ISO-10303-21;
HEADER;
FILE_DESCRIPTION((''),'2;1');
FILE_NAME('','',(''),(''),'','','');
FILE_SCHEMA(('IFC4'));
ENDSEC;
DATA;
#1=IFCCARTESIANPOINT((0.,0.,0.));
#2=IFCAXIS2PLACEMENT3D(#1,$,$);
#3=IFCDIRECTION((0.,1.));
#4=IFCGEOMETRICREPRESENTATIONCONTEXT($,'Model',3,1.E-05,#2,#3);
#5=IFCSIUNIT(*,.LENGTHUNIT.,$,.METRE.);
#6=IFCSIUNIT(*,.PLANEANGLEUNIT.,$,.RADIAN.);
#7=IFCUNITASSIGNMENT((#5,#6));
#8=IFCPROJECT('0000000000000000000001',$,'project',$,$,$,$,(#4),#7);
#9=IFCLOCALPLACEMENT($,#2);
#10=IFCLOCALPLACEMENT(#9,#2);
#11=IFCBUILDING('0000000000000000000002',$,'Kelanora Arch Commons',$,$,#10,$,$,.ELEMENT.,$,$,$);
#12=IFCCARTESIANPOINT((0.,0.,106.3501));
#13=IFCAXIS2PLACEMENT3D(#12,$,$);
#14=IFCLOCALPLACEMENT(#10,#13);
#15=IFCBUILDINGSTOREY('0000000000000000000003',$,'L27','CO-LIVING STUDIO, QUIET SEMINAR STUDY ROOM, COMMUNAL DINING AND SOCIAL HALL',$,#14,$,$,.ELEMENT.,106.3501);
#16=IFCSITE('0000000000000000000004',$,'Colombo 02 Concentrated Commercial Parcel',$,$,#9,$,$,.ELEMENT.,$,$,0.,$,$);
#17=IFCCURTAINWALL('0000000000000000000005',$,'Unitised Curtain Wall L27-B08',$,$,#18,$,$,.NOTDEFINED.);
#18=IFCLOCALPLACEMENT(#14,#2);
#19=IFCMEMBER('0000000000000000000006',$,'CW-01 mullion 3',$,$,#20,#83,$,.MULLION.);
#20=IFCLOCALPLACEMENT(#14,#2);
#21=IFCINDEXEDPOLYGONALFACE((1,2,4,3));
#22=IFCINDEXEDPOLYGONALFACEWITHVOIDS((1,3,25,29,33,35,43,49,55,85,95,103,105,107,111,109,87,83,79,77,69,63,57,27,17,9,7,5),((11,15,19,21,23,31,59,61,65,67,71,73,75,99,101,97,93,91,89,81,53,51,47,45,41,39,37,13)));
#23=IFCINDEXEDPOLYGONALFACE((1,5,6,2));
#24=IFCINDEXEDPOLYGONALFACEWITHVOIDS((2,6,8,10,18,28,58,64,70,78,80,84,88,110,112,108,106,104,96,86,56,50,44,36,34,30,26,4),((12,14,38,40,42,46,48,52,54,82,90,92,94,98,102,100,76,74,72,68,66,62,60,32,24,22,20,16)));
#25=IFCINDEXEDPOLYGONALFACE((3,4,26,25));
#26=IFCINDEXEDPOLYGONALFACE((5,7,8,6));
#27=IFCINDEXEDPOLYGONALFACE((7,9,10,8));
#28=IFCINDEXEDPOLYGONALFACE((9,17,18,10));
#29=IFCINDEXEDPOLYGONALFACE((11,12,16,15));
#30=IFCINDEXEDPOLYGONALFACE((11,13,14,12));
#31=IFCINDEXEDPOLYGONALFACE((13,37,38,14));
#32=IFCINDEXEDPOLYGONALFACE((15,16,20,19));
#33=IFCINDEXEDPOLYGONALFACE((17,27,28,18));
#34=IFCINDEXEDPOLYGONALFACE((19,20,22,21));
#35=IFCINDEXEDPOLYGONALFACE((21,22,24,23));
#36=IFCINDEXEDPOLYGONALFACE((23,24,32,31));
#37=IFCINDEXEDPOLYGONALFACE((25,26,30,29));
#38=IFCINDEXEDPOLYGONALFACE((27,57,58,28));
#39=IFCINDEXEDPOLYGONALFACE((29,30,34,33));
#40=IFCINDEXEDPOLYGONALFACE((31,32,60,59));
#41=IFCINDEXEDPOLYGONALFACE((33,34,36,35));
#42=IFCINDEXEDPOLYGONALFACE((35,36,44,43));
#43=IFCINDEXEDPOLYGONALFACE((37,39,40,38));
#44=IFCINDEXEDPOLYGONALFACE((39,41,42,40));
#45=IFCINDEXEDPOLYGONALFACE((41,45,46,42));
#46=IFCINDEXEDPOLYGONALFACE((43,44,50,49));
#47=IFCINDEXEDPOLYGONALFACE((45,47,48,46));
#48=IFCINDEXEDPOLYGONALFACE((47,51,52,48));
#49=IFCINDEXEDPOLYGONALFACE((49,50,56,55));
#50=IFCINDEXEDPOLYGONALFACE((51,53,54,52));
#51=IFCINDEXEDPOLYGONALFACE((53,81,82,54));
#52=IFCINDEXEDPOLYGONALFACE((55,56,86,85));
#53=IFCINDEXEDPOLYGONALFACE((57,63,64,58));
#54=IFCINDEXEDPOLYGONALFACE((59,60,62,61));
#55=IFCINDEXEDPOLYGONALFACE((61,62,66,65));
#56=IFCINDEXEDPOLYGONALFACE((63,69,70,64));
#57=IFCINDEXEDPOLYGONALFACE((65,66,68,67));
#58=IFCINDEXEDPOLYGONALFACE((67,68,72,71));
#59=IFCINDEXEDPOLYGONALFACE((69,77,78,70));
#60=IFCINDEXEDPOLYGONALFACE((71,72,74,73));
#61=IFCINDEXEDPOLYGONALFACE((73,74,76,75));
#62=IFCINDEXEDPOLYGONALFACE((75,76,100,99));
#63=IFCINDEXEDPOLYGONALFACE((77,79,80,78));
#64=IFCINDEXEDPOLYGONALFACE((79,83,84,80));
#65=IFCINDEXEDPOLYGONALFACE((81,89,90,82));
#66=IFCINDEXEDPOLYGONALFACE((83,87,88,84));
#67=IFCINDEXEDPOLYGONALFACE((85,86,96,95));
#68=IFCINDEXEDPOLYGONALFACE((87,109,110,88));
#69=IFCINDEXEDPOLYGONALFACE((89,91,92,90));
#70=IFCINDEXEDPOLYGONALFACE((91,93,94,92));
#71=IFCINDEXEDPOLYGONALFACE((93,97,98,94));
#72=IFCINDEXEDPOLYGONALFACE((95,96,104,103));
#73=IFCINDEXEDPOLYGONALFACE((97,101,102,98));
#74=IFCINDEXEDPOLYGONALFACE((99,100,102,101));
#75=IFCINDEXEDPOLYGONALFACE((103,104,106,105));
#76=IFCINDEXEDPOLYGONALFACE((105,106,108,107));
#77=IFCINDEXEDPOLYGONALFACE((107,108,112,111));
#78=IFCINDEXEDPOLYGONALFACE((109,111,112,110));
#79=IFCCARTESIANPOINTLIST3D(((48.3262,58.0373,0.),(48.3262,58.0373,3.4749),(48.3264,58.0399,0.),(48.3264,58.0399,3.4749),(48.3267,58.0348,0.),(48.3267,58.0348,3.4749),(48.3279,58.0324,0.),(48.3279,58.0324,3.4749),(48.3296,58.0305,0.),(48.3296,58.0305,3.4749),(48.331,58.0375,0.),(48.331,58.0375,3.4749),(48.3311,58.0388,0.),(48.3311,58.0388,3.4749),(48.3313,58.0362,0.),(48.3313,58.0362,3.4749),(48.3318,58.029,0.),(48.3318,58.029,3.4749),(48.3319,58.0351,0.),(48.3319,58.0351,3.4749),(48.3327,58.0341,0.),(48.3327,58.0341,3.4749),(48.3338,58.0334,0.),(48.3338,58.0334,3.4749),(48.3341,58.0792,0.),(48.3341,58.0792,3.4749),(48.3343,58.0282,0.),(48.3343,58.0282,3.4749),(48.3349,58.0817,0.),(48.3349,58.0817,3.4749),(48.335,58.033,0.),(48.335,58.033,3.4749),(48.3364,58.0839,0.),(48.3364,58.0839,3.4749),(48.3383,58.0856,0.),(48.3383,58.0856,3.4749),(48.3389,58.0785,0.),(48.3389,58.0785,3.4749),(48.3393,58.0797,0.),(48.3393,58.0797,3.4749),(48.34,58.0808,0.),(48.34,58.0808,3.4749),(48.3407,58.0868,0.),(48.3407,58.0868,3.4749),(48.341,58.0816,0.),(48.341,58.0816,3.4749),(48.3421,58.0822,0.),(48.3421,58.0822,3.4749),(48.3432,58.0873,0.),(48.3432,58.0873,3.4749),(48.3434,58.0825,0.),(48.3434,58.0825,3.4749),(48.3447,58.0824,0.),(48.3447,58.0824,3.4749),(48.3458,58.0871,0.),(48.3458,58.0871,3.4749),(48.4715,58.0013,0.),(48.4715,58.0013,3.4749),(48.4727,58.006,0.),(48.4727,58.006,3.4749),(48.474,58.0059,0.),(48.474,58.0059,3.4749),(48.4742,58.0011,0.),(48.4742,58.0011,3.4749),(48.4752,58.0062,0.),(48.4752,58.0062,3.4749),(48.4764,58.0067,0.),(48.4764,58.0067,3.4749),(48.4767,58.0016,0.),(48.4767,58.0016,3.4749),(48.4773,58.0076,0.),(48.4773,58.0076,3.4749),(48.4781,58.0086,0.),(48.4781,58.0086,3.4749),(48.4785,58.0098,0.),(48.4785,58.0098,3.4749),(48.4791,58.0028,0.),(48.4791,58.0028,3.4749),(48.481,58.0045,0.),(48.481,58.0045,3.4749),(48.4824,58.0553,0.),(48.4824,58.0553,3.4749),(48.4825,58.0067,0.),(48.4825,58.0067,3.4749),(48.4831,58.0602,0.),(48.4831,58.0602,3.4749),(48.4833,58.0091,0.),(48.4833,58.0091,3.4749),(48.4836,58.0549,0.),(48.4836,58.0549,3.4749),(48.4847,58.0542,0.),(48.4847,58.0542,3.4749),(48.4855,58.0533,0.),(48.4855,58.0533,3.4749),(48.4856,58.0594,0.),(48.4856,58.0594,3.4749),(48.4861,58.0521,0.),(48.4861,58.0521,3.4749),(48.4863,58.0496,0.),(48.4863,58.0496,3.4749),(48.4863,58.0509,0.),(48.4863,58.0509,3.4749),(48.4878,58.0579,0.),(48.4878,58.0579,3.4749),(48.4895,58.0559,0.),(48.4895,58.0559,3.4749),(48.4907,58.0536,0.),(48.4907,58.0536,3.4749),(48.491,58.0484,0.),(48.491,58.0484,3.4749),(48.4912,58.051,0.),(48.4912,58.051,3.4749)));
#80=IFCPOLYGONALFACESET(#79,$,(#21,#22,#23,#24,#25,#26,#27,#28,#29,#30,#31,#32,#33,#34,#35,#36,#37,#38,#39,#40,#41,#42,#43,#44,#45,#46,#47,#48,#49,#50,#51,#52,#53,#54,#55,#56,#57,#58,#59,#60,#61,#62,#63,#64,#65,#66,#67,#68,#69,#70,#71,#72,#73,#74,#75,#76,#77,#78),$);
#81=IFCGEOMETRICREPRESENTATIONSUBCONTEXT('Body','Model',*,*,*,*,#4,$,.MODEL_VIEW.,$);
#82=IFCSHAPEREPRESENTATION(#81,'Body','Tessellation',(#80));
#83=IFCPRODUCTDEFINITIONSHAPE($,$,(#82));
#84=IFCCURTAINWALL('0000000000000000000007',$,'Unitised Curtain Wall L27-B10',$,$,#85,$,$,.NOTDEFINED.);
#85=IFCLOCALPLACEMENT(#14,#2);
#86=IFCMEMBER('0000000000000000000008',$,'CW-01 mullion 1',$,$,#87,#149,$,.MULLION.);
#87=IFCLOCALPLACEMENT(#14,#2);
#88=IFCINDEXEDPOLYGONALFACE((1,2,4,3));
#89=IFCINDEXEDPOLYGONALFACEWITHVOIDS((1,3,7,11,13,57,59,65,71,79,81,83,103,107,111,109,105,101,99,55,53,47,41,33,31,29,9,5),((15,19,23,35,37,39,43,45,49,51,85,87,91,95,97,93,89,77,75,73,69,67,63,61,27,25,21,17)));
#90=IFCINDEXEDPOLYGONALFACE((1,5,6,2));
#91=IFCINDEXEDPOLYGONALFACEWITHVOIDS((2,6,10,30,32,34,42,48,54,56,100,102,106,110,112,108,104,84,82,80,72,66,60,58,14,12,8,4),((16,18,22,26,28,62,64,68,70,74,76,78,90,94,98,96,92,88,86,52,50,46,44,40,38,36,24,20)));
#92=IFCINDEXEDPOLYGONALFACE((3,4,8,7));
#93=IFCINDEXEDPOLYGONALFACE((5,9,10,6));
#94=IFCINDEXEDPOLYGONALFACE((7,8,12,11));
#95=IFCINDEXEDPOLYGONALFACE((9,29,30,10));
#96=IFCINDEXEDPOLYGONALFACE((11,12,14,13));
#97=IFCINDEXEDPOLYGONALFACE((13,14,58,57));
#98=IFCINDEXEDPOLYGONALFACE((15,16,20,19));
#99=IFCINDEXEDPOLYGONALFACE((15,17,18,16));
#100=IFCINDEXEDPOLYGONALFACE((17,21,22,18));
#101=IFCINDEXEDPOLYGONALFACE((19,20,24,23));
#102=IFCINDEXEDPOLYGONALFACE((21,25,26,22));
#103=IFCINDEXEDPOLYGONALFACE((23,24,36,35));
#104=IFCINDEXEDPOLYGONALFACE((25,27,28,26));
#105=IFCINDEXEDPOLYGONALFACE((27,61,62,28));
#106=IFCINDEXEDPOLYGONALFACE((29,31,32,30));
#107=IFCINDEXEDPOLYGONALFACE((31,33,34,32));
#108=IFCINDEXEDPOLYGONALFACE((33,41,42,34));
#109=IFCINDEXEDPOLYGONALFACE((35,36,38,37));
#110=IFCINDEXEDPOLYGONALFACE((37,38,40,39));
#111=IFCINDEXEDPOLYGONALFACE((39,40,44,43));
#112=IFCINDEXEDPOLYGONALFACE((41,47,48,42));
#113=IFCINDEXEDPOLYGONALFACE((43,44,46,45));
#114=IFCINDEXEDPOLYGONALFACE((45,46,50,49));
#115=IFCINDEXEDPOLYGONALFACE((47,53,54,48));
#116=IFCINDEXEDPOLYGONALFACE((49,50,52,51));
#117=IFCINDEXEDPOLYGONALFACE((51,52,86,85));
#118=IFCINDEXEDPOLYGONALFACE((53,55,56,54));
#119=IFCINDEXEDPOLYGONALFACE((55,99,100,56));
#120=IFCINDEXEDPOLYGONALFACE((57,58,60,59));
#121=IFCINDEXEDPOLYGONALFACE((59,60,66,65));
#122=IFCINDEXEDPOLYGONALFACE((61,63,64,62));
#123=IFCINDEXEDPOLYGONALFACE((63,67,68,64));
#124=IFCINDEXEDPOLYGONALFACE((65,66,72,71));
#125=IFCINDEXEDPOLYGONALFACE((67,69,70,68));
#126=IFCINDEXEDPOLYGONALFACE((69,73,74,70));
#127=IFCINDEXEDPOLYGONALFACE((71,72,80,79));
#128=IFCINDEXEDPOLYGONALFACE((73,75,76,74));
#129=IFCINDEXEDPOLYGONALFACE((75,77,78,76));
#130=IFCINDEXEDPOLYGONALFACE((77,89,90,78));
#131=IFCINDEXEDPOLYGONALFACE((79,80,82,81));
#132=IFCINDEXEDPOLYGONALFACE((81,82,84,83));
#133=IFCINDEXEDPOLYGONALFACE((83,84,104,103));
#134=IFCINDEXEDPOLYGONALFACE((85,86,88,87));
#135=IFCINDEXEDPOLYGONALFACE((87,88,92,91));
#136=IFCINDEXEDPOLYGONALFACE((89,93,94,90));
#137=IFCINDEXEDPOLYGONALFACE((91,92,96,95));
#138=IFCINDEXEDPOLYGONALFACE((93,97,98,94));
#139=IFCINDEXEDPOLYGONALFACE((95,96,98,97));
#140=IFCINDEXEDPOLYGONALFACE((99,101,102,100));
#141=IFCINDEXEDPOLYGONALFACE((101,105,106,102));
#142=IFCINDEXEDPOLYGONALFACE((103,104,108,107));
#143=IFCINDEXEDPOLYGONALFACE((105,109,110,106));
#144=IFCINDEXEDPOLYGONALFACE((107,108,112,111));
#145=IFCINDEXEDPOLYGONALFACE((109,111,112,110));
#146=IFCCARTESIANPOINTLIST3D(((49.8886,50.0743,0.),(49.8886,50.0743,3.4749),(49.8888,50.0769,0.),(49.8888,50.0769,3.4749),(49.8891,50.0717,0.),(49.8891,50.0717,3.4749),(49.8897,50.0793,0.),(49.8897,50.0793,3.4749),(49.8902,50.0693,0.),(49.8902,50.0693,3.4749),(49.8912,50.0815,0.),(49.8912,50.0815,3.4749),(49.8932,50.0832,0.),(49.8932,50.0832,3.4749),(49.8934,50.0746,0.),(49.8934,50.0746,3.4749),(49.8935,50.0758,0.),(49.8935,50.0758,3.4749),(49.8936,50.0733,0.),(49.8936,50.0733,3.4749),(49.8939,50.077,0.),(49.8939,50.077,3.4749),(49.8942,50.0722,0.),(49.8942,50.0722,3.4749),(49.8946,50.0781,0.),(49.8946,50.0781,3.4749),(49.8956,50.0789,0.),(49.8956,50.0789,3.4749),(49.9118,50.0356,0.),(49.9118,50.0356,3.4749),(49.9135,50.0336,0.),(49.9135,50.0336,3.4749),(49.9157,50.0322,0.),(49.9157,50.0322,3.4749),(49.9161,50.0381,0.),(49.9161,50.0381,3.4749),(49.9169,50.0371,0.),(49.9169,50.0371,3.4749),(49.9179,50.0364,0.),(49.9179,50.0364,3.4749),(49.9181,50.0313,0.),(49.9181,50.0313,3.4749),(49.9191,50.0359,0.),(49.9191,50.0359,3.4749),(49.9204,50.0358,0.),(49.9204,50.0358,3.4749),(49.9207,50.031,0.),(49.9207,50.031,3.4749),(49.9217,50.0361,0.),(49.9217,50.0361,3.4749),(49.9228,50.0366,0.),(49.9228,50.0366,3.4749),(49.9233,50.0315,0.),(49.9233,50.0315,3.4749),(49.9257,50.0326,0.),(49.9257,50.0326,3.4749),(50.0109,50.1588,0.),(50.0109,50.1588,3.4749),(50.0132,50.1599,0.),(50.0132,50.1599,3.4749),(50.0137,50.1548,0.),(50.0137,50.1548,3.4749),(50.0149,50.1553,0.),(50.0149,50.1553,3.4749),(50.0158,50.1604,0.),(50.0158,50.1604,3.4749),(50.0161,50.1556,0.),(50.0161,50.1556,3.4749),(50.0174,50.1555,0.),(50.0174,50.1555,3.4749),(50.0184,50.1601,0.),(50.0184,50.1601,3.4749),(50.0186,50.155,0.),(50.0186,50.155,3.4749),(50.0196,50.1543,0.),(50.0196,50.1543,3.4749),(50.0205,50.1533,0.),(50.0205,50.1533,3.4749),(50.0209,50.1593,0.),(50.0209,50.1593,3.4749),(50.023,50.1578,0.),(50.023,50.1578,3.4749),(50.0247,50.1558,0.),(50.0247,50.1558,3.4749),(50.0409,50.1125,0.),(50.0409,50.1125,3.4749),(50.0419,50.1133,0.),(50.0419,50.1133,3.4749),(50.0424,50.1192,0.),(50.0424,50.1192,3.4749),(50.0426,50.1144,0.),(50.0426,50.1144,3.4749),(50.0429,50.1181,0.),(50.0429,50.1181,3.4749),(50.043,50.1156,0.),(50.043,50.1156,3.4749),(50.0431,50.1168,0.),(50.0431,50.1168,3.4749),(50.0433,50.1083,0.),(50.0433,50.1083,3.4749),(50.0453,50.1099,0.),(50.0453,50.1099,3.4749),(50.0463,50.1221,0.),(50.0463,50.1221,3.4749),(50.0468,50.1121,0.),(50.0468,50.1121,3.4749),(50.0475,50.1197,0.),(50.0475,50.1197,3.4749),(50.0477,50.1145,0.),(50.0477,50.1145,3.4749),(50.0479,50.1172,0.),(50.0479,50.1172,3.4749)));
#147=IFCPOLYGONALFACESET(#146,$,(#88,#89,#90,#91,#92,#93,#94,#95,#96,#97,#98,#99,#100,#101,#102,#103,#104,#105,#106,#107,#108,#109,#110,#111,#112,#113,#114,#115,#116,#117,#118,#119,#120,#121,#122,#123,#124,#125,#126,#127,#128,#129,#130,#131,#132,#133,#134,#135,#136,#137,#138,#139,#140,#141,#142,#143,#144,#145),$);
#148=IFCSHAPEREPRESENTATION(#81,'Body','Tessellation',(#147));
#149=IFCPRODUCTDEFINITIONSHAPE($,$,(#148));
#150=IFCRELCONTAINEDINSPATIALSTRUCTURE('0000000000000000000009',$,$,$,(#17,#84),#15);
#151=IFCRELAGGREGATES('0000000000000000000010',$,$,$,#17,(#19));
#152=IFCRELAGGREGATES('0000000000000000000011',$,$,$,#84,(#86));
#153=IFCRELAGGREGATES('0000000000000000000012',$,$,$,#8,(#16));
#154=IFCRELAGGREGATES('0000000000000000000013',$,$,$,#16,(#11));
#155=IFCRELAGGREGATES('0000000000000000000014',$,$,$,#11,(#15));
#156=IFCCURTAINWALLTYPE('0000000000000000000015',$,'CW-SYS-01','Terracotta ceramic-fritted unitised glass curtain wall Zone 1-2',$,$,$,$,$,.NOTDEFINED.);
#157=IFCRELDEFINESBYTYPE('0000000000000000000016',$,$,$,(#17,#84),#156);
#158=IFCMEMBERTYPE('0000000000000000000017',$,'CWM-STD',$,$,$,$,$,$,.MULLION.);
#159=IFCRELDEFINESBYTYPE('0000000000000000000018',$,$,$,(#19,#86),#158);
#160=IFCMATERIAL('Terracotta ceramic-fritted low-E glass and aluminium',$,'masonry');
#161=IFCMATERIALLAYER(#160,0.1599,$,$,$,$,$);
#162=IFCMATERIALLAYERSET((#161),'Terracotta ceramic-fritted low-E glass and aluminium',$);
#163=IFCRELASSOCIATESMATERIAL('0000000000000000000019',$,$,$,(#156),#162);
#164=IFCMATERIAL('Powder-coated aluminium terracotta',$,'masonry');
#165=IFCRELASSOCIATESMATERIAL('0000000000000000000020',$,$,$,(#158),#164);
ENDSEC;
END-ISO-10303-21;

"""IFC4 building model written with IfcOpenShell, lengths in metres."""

from ifc_helpers import new_model, si_unit, direction, frame, origin, origin_2d, place, context, subcontext, project, spatial, hollow_rectangle, extrude, material, layer, layer_set, material_profile, profile_set, type_object, element, aggregate, save


model = new_model("IFC4")

# Units and contexts
model_context = context("Model", 3, precision=1e-05, world=origin(), true_north=direction((0.0, 1.0)))
body_context = subcontext(model_context, "Body", "Model", "MODEL_VIEW")
ifc_project = project(units=[si_unit("LENGTHUNIT", "METRE"), si_unit("PLANEANGLEUNIT", "RADIAN")], contexts=[model_context])

# Site, building, storey
site_placement = place(None, origin())
site = spatial("IfcSite", under=ifc_project, at=site_placement, Name="Colombo 02 Concentrated Commercial Parcel", CompositionType="ELEMENT", RefElevation=0.0)
building_placement = place(site_placement, origin())
building = spatial("IfcBuilding", under=site, at=building_placement, Name="Kelanora Arch Commons", CompositionType="ELEMENT")
storey_placement = place(building_placement, frame((0.0, 0.0, 106.3501)))
storey = spatial("IfcBuildingStorey", under=building, at=storey_placement, Name="L27", Description="CO-LIVING STUDIO, QUIET SEMINAR STUDY ROOM, COMMUNAL DINING AND SOCIAL HALL", CompositionType="ELEMENT", Elevation=106.3501)

# Curtain wall, member
ifc_material_1 = material(Name="Terracotta ceramic-fritted low-E glass and aluminium", Category="masonry")
ifc_layer_1 = layer(ifc_material_1, 0.1599)
ifc_layer_set_1 = layer_set([ifc_layer_1], Name="Terracotta ceramic-fritted low-E glass and aluminium")
curtain_wall_type = type_object("IfcCurtainWallType", Name="CW-SYS-01", Description="Terracotta ceramic-fritted unitised glass curtain wall Zone 1-2", PredefinedType="NOTDEFINED", material=ifc_layer_set_1)
curtain_wall_1_placement = place(storey_placement, origin())
curtain_wall_1 = element("IfcCurtainWall", 1, at=curtain_wall_1_placement, inside=storey, type_object=curtain_wall_type, Name="Unitised Curtain Wall L27-B08", PredefinedType="NOTDEFINED")
ifc_material_2 = material(Name="Powder-coated aluminium terracotta", Category="masonry")
ifc_material_profile_1 = material_profile(ifc_material_2, hollow_rectangle(XDim=0.1599, YDim=0.0601, WallThickness=0.0049, InnerFilletRadius=0.0049, OuterFilletRadius=0.01, at=origin_2d()), Name="CWM160x60")
ifc_profile_set_1 = profile_set([ifc_material_profile_1], Name="Powder-coated aluminium terracotta")
member_type_1 = type_object("IfcMemberType", Name="CWM-STD", PredefinedType="MULLION", material=ifc_profile_set_1)
member_1_placement = place(storey_placement, frame((48.4087, 58.0442, 0.0), z_axis=(0.0, 0.0, 1.0), x_axis=(0.98128, -0.192585, 0.0)))
member_1 = element("IfcMember", 2, at=member_1_placement, type_object=member_type_1, Name="CW-01 mullion 3", PredefinedType="MULLION", context=body_context, shape_type="SweptSolid", body=[
    extrude(hollow_rectangle(XDim=0.1599, YDim=0.0601, WallThickness=0.0049, InnerFilletRadius=0.0049, OuterFilletRadius=0.01, at=origin_2d()), origin(), (0.0, 0.0, 1.0), 3.4749),
])
aggregate(curtain_wall_1, [member_1])

# Curtain wall, member
curtain_wall_2_placement = place(storey_placement, origin())
curtain_wall_2 = element("IfcCurtainWall", 3, at=curtain_wall_2_placement, inside=storey, type_object=curtain_wall_type, Name="Unitised Curtain Wall L27-B10", PredefinedType="NOTDEFINED")
member_2_placement = place(storey_placement, frame((49.9683, 50.0957, 0.0), z_axis=(0.0, 0.0, 1.0), x_axis=(0.841269, 0.540617, 0.0)))
member_2 = element("IfcMember", 4, at=member_2_placement, type_object=member_type_1, Name="CW-01 mullion 1", PredefinedType="MULLION", context=body_context, shape_type="SweptSolid", body=[
    extrude(hollow_rectangle(XDim=0.1599, YDim=0.0601, WallThickness=0.0049, InnerFilletRadius=0.0049, OuterFilletRadius=0.01, at=origin_2d()), origin(), (0.0, 0.0, 1.0), 3.4749),
])

aggregate(curtain_wall_2, [member_2])

save(model, "model.ifc")
